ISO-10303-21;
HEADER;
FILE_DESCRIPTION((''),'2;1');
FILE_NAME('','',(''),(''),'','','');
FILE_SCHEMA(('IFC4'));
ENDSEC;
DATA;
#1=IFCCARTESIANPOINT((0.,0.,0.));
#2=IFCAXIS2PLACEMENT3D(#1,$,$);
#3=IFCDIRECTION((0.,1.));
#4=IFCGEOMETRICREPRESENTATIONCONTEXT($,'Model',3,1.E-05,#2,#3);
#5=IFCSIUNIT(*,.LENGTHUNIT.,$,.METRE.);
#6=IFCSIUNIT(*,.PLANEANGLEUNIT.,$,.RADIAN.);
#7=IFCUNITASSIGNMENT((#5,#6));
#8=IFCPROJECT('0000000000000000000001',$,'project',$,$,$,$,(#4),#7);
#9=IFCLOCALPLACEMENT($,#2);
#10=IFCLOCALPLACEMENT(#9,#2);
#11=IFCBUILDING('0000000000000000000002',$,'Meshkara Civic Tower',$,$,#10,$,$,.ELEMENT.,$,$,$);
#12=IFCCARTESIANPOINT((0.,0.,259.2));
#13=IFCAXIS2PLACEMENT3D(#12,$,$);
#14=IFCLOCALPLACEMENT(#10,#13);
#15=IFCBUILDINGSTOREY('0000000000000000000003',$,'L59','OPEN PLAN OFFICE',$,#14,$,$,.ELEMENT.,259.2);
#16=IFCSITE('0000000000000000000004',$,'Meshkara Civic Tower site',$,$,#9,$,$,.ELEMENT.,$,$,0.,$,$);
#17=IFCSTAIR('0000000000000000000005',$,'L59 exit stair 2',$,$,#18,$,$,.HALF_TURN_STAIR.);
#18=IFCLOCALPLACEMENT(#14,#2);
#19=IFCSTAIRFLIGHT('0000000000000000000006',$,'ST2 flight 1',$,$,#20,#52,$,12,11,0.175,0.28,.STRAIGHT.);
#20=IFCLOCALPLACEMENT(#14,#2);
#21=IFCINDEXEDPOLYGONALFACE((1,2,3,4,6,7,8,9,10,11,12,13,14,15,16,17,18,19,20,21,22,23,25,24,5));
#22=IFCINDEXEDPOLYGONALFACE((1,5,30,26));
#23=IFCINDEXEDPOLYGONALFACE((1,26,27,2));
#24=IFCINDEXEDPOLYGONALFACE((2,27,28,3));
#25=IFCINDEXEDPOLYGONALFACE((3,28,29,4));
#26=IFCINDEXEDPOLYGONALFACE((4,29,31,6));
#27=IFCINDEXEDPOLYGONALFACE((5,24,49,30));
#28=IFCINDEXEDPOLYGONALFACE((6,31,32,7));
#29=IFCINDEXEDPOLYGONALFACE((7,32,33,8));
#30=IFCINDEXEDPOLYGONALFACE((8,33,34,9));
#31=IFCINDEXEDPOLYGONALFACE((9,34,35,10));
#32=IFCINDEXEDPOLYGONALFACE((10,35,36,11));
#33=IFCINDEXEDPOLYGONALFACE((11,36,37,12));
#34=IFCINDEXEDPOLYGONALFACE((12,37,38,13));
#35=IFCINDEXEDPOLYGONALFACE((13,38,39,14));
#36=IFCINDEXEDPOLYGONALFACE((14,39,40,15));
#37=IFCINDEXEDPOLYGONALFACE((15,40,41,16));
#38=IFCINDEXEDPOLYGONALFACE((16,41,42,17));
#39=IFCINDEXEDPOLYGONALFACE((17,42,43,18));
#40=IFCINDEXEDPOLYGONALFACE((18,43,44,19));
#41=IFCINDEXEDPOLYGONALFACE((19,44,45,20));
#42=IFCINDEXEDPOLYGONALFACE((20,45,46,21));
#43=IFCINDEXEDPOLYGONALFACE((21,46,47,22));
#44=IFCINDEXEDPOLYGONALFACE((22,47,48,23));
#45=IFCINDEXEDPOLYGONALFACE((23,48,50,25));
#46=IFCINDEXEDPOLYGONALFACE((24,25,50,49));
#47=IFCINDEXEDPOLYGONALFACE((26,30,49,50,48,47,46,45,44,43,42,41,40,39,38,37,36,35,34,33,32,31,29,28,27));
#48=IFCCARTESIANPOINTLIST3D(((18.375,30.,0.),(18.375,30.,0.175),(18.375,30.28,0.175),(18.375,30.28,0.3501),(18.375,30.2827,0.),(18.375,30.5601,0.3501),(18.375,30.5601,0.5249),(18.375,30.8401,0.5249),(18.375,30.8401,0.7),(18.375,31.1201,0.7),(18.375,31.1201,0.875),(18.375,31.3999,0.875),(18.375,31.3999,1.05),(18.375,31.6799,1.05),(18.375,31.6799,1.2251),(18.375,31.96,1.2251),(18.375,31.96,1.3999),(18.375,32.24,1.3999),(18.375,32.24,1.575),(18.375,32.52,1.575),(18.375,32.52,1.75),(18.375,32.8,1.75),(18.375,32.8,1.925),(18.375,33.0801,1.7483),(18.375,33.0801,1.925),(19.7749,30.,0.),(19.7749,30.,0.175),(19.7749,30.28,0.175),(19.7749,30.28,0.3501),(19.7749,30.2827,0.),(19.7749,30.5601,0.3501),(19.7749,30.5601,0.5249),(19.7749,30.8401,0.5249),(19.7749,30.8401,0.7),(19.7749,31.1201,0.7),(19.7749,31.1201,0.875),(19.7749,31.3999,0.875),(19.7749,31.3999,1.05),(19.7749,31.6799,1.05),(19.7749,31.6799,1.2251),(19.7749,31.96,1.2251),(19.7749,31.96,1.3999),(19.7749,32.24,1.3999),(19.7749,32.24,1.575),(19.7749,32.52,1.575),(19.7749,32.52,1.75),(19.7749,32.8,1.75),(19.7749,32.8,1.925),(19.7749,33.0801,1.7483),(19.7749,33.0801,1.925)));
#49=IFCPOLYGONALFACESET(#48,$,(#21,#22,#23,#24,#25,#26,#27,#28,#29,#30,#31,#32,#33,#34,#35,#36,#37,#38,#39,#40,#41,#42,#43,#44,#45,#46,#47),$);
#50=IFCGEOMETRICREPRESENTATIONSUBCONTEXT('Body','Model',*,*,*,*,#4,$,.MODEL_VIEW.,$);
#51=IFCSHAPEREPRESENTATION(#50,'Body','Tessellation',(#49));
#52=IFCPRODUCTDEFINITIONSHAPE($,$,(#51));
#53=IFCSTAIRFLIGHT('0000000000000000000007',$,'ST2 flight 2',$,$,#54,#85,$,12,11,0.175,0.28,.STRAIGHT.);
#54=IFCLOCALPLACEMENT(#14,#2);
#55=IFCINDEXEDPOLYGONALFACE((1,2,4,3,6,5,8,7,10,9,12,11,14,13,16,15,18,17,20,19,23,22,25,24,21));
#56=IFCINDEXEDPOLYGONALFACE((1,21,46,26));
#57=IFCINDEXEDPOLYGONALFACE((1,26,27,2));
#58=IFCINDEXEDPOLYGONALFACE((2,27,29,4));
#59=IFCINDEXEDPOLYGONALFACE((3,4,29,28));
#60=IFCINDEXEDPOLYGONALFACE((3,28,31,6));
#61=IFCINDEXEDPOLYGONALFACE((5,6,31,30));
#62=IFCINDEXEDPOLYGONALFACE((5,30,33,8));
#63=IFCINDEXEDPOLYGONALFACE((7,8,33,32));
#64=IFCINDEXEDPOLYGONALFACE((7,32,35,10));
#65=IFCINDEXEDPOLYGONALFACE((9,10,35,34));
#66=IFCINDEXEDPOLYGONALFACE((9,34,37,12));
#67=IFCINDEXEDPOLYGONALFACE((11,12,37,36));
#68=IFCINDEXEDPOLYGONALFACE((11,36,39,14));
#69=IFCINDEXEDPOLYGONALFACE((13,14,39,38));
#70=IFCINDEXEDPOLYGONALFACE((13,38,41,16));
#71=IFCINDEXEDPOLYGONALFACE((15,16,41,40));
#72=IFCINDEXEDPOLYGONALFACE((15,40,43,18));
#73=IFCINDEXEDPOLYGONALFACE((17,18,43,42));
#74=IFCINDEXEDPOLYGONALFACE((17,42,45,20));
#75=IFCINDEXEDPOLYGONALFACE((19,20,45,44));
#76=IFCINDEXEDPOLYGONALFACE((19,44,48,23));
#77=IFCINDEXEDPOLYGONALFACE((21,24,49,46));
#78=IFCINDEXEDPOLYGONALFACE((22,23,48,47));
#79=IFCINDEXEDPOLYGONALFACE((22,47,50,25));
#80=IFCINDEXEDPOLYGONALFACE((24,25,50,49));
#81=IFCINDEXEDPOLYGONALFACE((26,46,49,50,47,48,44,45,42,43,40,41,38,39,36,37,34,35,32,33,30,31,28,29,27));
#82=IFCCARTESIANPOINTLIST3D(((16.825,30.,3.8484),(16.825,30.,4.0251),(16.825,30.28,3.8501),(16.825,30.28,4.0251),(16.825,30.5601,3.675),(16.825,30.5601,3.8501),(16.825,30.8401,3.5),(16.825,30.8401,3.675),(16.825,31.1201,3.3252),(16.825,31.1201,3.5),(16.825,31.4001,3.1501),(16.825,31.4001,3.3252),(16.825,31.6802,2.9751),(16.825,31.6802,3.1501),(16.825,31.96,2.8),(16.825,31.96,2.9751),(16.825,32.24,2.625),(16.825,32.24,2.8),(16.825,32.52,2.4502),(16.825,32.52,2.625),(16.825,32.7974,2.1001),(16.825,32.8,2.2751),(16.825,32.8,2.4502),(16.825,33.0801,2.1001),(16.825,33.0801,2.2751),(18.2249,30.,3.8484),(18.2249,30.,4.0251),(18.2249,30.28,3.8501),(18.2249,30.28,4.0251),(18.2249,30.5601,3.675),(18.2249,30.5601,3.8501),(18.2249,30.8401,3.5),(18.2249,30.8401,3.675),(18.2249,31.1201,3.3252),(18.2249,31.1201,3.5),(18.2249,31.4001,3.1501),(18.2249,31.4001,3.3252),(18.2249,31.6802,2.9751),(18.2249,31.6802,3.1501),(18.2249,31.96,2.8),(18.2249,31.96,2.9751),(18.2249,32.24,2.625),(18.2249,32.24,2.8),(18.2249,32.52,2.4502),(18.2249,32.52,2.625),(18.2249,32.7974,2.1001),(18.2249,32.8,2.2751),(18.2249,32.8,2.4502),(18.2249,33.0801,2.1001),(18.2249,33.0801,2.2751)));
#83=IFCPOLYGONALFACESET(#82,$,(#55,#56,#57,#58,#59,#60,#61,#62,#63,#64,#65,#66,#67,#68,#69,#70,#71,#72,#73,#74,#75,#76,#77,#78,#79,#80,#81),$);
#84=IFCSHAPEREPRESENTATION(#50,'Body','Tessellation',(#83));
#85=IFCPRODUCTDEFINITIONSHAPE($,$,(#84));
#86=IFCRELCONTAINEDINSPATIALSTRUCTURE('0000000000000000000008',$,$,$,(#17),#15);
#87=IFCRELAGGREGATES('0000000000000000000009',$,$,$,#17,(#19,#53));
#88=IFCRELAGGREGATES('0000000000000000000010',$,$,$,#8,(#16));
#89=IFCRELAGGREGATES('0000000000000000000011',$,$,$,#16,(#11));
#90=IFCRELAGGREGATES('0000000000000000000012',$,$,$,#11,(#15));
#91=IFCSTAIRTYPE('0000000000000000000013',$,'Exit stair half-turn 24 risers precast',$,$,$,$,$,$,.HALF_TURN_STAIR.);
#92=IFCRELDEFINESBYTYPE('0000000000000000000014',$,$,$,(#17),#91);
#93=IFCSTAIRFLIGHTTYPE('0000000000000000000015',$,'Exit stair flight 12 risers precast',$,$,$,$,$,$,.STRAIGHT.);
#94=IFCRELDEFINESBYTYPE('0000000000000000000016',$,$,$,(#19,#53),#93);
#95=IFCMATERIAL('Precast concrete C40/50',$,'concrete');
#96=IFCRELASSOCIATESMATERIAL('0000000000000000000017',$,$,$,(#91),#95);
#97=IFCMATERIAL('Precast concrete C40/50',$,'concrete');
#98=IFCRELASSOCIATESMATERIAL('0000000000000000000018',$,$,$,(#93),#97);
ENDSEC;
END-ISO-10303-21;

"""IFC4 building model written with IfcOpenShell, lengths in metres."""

from ifc_helpers import new_model, si_unit, direction, frame, origin, place, context, subcontext, project, spatial, polyline, outline, extrude, material, type_object, element, aggregate, save


model = new_model("IFC4")

# Units and contexts
model_context = context("Model", 3, precision=1e-05, world=origin(), true_north=direction((0.0, 1.0)))
body_context = subcontext(model_context, "Body", "Model", "MODEL_VIEW")
ifc_project = project(units=[si_unit("LENGTHUNIT", "METRE"), si_unit("PLANEANGLEUNIT", "RADIAN")], contexts=[model_context])

# Site, building, storey
site_placement = place(None, origin())
site = spatial("IfcSite", under=ifc_project, at=site_placement, Name="Meshkara Civic Tower site", CompositionType="ELEMENT", RefElevation=0.0)
building_placement = place(site_placement, origin())
building = spatial("IfcBuilding", under=site, at=building_placement, Name="Meshkara Civic Tower", CompositionType="ELEMENT")
storey_placement = place(building_placement, frame((0.0, 0.0, 259.2)))
storey = spatial("IfcBuildingStorey", under=building, at=storey_placement, Name="L59", Description="OPEN PLAN OFFICE", CompositionType="ELEMENT", Elevation=259.2)

# Shared definitions
ifc_material_1 = material(Name="Precast concrete C40/50", Category="concrete")
stair_type = type_object("IfcStairType", Name="Exit stair half-turn 24 risers precast", PredefinedType="HALF_TURN_STAIR", material=ifc_material_1)
ifc_material_2 = material(Name="Precast concrete C40/50", Category="concrete")
stair_flight_type = type_object("IfcStairFlightType", Name="Exit stair flight 12 risers precast", PredefinedType="STRAIGHT", material=ifc_material_2)

# Stair, stair flights
stair_1_placement = place(storey_placement, origin())
stair_1 = element("IfcStair", 1, at=stair_1_placement, inside=storey, type_object=stair_type, Name="L59 exit stair 2", PredefinedType="HALF_TURN_STAIR")
stair_flight_1_placement = place(storey_placement, frame((19.075, 30.0, 0.0), z_axis=(0.0, 0.0, 1.0), x_axis=(0.0, 1.0, 0.0)))
stair_flight_1 = element("IfcStairFlight", 2, at=stair_flight_1_placement, type_object=stair_flight_type, Name="ST2 flight 1", NumberOfRisers=12, NumberOfTreads=11, PredefinedType="STRAIGHT", RiserHeight=0.175, TreadLength=0.28, context=body_context, shape_type="SweptSolid", body=[
    extrude(outline(polyline([(0.0, 0.0), (0.0, 0.175), (0.28, 0.175), (0.28, 0.3501), (0.5601, 0.3501), (0.5601, 0.5249), (0.8401, 0.5249), (0.8401, 0.7), (1.1201, 0.7), (1.1201, 0.875), (1.3999, 0.875), (1.3999, 1.05), (1.6799, 1.05), (1.6799, 1.2251), (1.96, 1.2251), (1.96, 1.3999), (2.24, 1.3999), (2.24, 1.575), (2.52, 1.575), (2.52, 1.75), (2.8, 1.75), (2.8, 1.925), (3.0801, 1.925), (3.0801, 2.1001), (3.0801, 1.7483), (0.2827, 0.0), (0.0, 0.0)])), frame((0.0, 0.7, 0.0), z_axis=(0.0, -1.0, 0.0), x_axis=(1.0, 0.0, 0.0)), (0.0, 0.0, 1.0), 1.3999),
])
stair_flight_2_placement = place(storey_placement, frame((17.5249, 33.0801, 2.1001), z_axis=(0.0, 0.0, 1.0), x_axis=(0.0, -1.0, 0.0)))
stair_flight_2 = element("IfcStairFlight", 3, at=stair_flight_2_placement, type_object=stair_flight_type, Name="ST2 flight 2", NumberOfRisers=12, NumberOfTreads=11, PredefinedType="STRAIGHT", RiserHeight=0.175, TreadLength=0.28, context=body_context, shape_type="SweptSolid", body=[
    extrude(outline(polyline([(0.0, 0.0), (0.0, 0.175), (0.28, 0.175), (0.28, 0.3501), (0.5601, 0.3501), (0.5601, 0.5249), (0.8401, 0.5249), (0.8401, 0.7), (1.1201, 0.7), (1.1201, 0.875), (1.3999, 0.875), (1.3999, 1.05), (1.6799, 1.05), (1.6799, 1.2251), (1.96, 1.2251), (1.96, 1.3999), (2.24, 1.3999), (2.24, 1.575), (2.52, 1.575), (2.52, 1.75), (2.8, 1.75), (2.8, 1.925), (3.0801, 1.925), (3.0801, 2.1001), (3.0801, 1.7483), (0.2827, 0.0), (0.0, 0.0)])), frame((0.0, 0.7, 0.0), z_axis=(0.0, -1.0, 0.0), x_axis=(1.0, 0.0, 0.0)), (0.0, 0.0, 1.0), 1.3999),
])
aggregate(stair_1, [stair_flight_1, stair_flight_2])

save(model, "model.ifc")
